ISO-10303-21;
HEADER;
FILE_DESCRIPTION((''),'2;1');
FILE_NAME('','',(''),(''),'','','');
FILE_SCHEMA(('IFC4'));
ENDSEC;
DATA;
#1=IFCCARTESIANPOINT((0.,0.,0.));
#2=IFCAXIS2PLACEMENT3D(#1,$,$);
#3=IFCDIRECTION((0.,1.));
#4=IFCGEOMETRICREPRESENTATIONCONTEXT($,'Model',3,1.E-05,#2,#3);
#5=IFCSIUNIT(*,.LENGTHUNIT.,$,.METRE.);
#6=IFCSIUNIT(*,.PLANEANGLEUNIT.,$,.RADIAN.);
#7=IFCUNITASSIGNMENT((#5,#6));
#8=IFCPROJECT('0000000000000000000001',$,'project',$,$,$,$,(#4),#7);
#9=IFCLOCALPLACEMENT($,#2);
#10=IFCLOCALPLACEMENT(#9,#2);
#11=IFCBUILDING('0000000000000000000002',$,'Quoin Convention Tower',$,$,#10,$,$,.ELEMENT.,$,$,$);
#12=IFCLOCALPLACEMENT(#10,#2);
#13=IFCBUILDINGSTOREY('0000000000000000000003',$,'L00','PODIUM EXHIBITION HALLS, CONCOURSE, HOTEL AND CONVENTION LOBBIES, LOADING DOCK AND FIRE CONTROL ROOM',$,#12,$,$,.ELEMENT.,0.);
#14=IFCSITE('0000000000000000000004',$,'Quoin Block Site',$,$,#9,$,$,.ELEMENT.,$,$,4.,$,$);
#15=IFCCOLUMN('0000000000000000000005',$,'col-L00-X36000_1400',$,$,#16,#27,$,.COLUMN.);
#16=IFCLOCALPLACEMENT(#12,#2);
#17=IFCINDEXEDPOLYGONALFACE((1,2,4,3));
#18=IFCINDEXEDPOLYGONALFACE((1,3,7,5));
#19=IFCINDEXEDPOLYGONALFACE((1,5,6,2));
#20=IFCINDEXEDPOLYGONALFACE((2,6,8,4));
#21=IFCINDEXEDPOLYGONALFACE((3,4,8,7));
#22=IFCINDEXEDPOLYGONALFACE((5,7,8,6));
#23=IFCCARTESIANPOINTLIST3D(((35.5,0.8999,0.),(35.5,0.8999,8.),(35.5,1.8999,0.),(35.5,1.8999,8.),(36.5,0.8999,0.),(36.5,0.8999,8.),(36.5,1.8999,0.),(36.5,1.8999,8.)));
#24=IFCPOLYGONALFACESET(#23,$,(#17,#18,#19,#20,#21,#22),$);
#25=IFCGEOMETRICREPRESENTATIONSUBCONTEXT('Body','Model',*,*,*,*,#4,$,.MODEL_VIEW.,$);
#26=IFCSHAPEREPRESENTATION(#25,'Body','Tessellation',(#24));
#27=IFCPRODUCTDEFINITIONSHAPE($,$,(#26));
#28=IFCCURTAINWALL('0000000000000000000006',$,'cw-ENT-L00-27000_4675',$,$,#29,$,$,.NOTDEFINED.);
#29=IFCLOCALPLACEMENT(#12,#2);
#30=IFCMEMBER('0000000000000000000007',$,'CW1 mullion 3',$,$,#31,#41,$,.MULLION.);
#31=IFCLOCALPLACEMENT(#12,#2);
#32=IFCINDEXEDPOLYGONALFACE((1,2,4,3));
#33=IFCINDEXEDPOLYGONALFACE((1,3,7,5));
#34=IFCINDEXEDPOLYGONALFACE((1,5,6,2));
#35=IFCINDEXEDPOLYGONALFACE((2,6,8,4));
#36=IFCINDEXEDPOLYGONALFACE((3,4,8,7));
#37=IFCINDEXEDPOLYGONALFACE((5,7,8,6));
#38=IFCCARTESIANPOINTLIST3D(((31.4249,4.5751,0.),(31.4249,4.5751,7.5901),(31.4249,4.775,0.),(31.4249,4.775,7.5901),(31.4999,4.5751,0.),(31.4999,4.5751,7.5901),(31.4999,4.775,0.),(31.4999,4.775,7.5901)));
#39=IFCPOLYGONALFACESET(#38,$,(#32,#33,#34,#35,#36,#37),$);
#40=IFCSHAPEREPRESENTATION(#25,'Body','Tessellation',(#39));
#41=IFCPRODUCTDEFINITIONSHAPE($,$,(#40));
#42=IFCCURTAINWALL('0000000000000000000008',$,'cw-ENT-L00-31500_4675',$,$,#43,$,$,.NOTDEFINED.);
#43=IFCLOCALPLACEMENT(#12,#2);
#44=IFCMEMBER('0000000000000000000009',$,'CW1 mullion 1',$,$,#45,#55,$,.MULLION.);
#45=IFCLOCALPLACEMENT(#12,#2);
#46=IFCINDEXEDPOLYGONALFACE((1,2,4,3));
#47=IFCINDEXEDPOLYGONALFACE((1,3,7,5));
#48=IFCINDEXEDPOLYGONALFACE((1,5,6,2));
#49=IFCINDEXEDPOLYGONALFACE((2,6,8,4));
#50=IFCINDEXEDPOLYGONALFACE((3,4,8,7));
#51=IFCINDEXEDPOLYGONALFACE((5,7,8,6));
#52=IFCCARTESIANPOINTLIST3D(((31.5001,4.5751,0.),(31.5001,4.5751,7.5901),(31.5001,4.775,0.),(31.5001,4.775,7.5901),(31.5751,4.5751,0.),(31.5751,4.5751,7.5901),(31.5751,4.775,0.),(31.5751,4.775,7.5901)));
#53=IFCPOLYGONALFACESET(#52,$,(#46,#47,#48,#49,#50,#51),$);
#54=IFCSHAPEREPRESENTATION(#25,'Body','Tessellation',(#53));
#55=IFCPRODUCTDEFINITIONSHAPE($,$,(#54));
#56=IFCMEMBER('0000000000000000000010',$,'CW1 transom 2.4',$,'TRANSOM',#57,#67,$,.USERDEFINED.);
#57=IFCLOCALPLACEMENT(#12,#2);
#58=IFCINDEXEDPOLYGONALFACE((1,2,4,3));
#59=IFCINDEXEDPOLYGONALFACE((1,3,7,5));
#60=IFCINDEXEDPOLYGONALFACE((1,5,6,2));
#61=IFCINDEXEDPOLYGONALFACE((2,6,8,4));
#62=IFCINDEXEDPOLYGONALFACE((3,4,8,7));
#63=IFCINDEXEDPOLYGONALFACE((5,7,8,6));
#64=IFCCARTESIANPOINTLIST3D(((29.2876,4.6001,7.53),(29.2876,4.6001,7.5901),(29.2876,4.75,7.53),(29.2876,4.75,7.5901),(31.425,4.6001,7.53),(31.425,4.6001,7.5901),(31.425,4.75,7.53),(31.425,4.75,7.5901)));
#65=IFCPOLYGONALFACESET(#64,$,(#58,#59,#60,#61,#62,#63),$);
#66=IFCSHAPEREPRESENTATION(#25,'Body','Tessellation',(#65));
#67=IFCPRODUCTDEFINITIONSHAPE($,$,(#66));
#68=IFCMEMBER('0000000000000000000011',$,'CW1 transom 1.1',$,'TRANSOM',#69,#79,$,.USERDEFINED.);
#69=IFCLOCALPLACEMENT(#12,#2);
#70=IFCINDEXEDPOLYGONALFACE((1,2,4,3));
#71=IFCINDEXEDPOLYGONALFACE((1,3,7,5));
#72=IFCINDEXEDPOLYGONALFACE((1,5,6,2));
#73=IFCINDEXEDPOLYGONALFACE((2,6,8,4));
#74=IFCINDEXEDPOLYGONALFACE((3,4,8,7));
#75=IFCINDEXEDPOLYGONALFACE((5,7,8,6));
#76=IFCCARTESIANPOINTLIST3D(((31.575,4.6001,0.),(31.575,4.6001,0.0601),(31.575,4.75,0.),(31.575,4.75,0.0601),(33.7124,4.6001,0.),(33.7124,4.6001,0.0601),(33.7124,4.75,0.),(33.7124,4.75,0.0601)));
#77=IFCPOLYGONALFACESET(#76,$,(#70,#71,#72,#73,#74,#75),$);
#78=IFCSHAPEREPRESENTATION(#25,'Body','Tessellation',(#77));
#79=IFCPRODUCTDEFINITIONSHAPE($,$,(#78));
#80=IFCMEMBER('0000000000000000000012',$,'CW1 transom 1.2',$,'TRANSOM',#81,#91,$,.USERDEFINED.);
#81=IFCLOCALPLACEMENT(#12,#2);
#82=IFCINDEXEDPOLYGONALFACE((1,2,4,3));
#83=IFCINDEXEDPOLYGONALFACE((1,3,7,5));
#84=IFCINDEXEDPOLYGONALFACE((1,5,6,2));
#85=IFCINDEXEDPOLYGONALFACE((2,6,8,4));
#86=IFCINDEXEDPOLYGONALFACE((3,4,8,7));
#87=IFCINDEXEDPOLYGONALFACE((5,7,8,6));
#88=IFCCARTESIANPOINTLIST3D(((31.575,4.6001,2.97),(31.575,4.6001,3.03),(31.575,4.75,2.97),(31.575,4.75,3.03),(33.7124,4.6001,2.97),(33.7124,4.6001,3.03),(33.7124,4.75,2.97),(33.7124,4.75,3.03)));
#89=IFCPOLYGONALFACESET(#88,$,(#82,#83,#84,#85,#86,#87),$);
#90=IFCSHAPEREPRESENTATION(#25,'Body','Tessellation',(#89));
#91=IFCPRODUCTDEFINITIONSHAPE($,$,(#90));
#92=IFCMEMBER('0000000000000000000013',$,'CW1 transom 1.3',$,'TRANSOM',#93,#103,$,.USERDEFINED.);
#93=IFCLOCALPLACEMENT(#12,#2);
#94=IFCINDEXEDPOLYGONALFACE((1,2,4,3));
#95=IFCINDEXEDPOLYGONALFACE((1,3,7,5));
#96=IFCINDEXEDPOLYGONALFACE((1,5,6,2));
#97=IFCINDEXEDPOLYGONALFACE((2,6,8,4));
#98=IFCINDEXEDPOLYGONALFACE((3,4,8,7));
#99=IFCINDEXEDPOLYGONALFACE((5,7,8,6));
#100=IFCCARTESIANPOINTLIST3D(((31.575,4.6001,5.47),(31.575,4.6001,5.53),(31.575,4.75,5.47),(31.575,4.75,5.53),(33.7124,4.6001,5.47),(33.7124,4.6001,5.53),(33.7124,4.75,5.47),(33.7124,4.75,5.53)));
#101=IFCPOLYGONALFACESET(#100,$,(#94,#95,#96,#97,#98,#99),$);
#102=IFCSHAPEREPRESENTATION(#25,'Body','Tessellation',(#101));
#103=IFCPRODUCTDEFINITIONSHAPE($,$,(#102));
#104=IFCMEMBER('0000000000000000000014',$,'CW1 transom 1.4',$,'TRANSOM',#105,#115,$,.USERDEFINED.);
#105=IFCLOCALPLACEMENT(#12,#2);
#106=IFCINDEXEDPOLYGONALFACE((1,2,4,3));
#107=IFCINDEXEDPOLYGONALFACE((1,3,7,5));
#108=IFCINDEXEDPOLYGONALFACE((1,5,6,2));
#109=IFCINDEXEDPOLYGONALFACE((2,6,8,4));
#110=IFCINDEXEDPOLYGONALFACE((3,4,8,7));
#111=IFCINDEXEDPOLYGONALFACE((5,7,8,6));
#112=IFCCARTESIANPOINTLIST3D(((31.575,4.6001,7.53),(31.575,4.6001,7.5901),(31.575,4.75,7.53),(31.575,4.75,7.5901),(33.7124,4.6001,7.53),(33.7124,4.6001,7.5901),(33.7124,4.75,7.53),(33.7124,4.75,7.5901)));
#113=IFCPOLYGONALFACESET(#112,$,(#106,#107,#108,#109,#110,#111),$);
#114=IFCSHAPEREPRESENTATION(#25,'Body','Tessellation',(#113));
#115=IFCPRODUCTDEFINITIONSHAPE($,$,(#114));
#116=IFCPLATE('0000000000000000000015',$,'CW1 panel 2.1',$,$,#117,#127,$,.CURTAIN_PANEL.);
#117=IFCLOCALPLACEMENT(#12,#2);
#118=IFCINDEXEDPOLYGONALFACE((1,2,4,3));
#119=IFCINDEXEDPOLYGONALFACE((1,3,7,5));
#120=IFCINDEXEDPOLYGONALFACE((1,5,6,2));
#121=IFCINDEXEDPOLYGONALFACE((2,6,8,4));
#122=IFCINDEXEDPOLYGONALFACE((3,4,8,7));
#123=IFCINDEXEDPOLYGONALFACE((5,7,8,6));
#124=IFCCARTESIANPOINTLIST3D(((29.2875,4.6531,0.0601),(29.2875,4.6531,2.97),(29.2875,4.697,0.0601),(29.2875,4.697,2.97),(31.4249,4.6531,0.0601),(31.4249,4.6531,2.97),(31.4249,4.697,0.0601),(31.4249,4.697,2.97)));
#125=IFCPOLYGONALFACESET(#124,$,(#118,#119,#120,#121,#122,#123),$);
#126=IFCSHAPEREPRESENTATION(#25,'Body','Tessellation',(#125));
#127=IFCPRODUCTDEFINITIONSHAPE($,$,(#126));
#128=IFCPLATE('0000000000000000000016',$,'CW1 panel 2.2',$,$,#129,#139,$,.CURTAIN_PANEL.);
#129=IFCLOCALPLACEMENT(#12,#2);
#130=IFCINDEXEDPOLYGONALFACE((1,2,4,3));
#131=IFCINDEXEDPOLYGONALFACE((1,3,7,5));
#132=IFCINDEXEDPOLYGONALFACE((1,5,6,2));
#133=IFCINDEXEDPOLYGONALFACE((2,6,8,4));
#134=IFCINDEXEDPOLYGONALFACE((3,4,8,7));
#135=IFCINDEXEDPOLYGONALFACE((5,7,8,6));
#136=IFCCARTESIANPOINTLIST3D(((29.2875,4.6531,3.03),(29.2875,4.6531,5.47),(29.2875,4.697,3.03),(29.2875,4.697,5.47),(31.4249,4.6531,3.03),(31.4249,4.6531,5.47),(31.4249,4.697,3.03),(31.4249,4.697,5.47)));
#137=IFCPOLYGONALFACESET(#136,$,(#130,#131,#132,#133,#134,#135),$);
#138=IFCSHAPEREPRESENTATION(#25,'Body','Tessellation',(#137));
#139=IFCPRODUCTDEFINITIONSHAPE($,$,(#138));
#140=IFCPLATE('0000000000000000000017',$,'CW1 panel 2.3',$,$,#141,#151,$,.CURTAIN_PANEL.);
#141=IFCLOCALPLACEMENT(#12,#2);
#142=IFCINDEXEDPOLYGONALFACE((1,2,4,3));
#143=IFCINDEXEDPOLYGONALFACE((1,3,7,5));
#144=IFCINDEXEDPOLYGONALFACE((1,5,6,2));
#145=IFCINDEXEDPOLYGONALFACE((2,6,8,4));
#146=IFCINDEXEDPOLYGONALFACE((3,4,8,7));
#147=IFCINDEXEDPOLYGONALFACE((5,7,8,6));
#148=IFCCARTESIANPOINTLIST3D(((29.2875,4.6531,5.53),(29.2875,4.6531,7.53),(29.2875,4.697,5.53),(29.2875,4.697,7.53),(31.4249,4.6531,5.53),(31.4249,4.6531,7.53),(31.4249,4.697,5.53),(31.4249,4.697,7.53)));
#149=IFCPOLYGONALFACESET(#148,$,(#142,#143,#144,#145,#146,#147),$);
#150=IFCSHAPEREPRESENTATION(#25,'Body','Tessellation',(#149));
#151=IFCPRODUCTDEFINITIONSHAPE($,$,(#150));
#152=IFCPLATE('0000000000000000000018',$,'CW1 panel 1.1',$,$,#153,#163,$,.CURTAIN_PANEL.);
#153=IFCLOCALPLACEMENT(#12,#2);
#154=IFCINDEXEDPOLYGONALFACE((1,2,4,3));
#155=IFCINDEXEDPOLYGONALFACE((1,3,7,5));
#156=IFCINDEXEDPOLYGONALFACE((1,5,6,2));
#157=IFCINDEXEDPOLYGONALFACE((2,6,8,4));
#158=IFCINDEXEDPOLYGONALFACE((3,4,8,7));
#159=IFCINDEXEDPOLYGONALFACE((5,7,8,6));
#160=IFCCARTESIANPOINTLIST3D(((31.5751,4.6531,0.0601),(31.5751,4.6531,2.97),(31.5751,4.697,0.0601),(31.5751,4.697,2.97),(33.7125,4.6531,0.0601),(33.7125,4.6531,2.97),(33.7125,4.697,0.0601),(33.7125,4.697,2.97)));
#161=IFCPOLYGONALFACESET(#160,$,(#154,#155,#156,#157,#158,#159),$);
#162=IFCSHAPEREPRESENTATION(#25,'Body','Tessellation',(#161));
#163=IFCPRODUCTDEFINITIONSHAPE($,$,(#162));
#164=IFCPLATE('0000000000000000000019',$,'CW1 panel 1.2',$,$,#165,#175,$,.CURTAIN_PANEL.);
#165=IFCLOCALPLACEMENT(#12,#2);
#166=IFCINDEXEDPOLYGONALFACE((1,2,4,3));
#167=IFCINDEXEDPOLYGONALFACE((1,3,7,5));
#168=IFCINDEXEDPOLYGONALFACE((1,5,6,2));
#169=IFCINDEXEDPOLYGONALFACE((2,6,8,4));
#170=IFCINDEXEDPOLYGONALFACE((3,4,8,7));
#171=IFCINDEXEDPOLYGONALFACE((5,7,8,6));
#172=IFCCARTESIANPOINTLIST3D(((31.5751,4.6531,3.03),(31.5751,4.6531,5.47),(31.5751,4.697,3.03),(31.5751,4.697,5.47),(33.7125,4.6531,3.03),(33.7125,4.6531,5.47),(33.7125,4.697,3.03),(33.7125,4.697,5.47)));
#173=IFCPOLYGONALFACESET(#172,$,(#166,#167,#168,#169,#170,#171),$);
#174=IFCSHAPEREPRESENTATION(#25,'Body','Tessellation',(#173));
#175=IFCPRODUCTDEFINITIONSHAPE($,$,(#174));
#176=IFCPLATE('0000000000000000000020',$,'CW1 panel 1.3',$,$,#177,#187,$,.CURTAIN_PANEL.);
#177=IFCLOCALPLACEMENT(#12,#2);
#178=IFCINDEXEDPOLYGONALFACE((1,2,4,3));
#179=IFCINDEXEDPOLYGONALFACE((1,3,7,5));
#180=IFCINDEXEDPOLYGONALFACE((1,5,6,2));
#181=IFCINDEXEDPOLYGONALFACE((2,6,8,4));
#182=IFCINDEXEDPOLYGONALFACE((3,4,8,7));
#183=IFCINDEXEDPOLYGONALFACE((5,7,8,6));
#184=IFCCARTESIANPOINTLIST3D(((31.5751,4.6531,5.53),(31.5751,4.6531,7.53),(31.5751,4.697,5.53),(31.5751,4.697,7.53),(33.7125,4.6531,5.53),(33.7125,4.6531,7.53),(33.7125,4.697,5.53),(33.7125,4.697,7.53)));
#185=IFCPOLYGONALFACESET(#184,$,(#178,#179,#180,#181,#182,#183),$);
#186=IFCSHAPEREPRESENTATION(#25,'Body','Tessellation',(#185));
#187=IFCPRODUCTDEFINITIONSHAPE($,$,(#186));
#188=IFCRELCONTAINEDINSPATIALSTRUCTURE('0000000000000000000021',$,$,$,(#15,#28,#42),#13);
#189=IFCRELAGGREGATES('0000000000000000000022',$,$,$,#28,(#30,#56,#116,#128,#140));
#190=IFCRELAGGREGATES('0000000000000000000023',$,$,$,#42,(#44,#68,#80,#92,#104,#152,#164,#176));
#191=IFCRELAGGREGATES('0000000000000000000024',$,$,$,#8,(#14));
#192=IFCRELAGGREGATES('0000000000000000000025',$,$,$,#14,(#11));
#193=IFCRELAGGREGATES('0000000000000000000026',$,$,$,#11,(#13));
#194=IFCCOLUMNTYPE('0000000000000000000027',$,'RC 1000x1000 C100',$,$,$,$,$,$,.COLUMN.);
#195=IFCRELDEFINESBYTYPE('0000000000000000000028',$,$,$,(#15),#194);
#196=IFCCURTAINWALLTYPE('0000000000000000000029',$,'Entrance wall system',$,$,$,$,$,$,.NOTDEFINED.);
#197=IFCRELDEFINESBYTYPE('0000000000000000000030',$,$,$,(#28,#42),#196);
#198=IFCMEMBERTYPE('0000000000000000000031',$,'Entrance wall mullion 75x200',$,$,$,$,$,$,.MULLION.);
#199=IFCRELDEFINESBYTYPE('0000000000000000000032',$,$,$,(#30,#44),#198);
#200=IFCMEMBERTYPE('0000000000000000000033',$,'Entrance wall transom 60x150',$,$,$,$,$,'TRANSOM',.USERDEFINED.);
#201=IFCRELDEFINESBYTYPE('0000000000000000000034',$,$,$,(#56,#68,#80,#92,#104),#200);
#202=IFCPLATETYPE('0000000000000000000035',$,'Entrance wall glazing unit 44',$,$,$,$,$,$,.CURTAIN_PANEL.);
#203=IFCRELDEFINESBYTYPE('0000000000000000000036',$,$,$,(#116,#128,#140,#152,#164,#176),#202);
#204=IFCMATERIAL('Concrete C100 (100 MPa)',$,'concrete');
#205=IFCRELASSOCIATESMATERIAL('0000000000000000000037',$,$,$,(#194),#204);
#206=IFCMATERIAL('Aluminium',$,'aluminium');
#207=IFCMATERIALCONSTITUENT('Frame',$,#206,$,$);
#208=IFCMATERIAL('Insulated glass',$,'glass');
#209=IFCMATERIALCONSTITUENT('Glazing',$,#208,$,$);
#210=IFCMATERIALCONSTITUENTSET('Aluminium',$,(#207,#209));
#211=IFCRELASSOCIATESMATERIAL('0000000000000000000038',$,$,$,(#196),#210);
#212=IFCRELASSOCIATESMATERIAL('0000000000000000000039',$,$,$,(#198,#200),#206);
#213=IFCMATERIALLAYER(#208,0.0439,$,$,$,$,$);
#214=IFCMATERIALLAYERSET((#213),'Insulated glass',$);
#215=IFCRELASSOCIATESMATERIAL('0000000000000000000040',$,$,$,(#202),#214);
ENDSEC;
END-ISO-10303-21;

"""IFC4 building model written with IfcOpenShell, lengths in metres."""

from ifc_helpers import new_model, si_unit, direction, frame, origin, origin_2d, place, context, subcontext, project, spatial, rectangle, extrude, material, layer, layer_set, constituent, constituent_set, material_profile, profile_set, type_object, element, aggregate, save


model = new_model("IFC4")

# Units and contexts
model_context = context("Model", 3, precision=1e-05, world=origin(), true_north=direction((0.0, 1.0)))
body_context = subcontext(model_context, "Body", "Model", "MODEL_VIEW")
ifc_project = project(units=[si_unit("LENGTHUNIT", "METRE"), si_unit("PLANEANGLEUNIT", "RADIAN")], contexts=[model_context])

# Site, building, storey
site_placement = place(None, origin())
site = spatial("IfcSite", under=ifc_project, at=site_placement, Name="Quoin Block Site", CompositionType="ELEMENT", RefElevation=4.0)
building_placement = place(site_placement, origin())
building = spatial("IfcBuilding", under=site, at=building_placement, Name="Quoin Convention Tower", CompositionType="ELEMENT")
storey_placement = place(building_placement, origin())
storey = spatial("IfcBuildingStorey", under=building, at=storey_placement, Name="L00", Description="PODIUM EXHIBITION HALLS, CONCOURSE, HOTEL AND CONVENTION LOBBIES, LOADING DOCK AND FIRE CONTROL ROOM", CompositionType="ELEMENT", Elevation=0.0)

# Column
ifc_material_1 = material(Name="Concrete C100 (100 MPa)", Category="concrete")
ifc_material_profile_1 = material_profile(ifc_material_1, rectangle(XDim=1.0, YDim=1.0, at=origin_2d()), Name="RC 1000x1000")
ifc_profile_set_1 = profile_set([ifc_material_profile_1], Name="Concrete C100 (100 MPa)")
column_type = type_object("IfcColumnType", Name="RC 1000x1000 C100", PredefinedType="COLUMN", material=ifc_profile_set_1)
column_placement = place(storey_placement, frame((36.0, 1.3999, 0.0), z_axis=(0.0, 0.0, 1.0), x_axis=(1.0, 0.0, 0.0)))
element("IfcColumn", 1, at=column_placement, inside=storey, type_object=column_type, Name="col-L00-X36000_1400", PredefinedType="COLUMN", context=body_context, shape_type="SweptSolid", body=[
    extrude(rectangle(XDim=1.0, YDim=1.0, at=origin_2d()), origin(), (0.0, 0.0, 1.0), 8.0),
])

# Curtain walls, members
ifc_material_2 = material(Name="Aluminium", Category="aluminium")
ifc_constituent_1 = constituent(ifc_material_2, Name="Frame")
ifc_material_3 = material(Name="Insulated glass", Category="glass")
ifc_constituent_2 = constituent(ifc_material_3, Name="Glazing")
ifc_constituent_set_1 = constituent_set(constituents=[ifc_constituent_1, ifc_constituent_2], Name="Aluminium")
curtain_wall_type = type_object("IfcCurtainWallType", Name="Entrance wall system", PredefinedType="NOTDEFINED", material=ifc_constituent_set_1)
curtain_wall_1_placement = place(storey_placement, origin())
curtain_wall_1 = element("IfcCurtainWall", 2, at=curtain_wall_1_placement, inside=storey, type_object=curtain_wall_type, Name="cw-ENT-L00-27000_4675", PredefinedType="NOTDEFINED")
ifc_material_profile_2 = material_profile(ifc_material_2, rectangle(XDim=0.2, YDim=0.075, at=origin_2d()), Name="Entrance wall mullion 75x200")
ifc_profile_set_2 = profile_set([ifc_material_profile_2], Name="Aluminium")
member_type_1 = type_object("IfcMemberType", Name="Entrance wall mullion 75x200", PredefinedType="MULLION", material=ifc_profile_set_2)
member_1_placement = place(storey_placement, frame((31.4624, 4.675, 0.0), z_axis=(0.0, 0.0, 1.0), x_axis=(0.0, 1.0, 0.0)))
member_1 = element("IfcMember", 3, at=member_1_placement, type_object=member_type_1, Name="CW1 mullion 3", PredefinedType="MULLION", context=body_context, shape_type="SweptSolid", body=[
    extrude(rectangle(XDim=0.2, YDim=0.075, at=origin_2d()), origin(), (0.0, 0.0, 1.0), 7.5901),
])
curtain_wall_2_placement = place(storey_placement, origin())
curtain_wall_2 = element("IfcCurtainWall", 4, at=curtain_wall_2_placement, inside=storey, type_object=curtain_wall_type, Name="cw-ENT-L00-31500_4675", PredefinedType="NOTDEFINED")
member_2_placement = place(storey_placement, frame((31.5376, 4.675, 0.0), z_axis=(0.0, 0.0, 1.0), x_axis=(0.0, 1.0, 0.0)))
member_2 = element("IfcMember", 5, at=member_2_placement, type_object=member_type_1, Name="CW1 mullion 1", PredefinedType="MULLION", context=body_context, shape_type="SweptSolid", body=[
    extrude(rectangle(XDim=0.2, YDim=0.075, at=origin_2d()), origin(), (0.0, 0.0, 1.0), 7.5901),
])

# Members
ifc_material_profile_3 = material_profile(ifc_material_2, rectangle(XDim=0.1499, YDim=0.0601, at=origin_2d()), Name="Entrance wall transom 60x150")
ifc_profile_set_3 = profile_set([ifc_material_profile_3], Name="Aluminium")
member_type_2 = type_object("IfcMemberType", Name="Entrance wall transom 60x150", ElementType="TRANSOM", PredefinedType="USERDEFINED", material=ifc_profile_set_3)
member_3_placement = place(storey_placement, frame((29.2876, 4.675, 7.5601), z_axis=(1.0, 0.0, 0.0), x_axis=(0.0, 1.0, 0.0)))
member_3 = element("IfcMember", 6, at=member_3_placement, type_object=member_type_2, Name="CW1 transom 2.4", ObjectType="TRANSOM", PredefinedType="USERDEFINED", context=body_context, shape_type="SweptSolid", body=[
    extrude(rectangle(XDim=0.1499, YDim=0.0601, at=origin_2d()), origin(), (0.0, 0.0, 1.0), 2.1375),
])
member_4_placement = place(storey_placement, frame((31.575, 4.675, 0.03), z_axis=(1.0, 0.0, 0.0), x_axis=(0.0, 1.0, 0.0)))
member_4 = element("IfcMember", 7, at=member_4_placement, type_object=member_type_2, Name="CW1 transom 1.1", ObjectType="TRANSOM", PredefinedType="USERDEFINED", context=body_context, shape_type="SweptSolid", body=[
    extrude(rectangle(XDim=0.1499, YDim=0.0601, at=origin_2d()), origin(), (0.0, 0.0, 1.0), 2.1375),
])
member_5_placement = place(storey_placement, frame((31.575, 4.675, 3.0), z_axis=(1.0, 0.0, 0.0), x_axis=(0.0, 1.0, 0.0)))
member_5 = element("IfcMember", 8, at=member_5_placement, type_object=member_type_2, Name="CW1 transom 1.2", ObjectType="TRANSOM", PredefinedType="USERDEFINED", context=body_context, shape_type="SweptSolid", body=[
    extrude(rectangle(XDim=0.1499, YDim=0.0601, at=origin_2d()), origin(), (0.0, 0.0, 1.0), 2.1375),
])
member_6_placement = place(storey_placement, frame((31.575, 4.675, 5.5), z_axis=(1.0, 0.0, 0.0), x_axis=(0.0, 1.0, 0.0)))
member_6 = element("IfcMember", 9, at=member_6_placement, type_object=member_type_2, Name="CW1 transom 1.3", ObjectType="TRANSOM", PredefinedType="USERDEFINED", context=body_context, shape_type="SweptSolid", body=[
    extrude(rectangle(XDim=0.1499, YDim=0.0601, at=origin_2d()), origin(), (0.0, 0.0, 1.0), 2.1375),
])
member_7_placement = place(storey_placement, frame((31.575, 4.675, 7.5601), z_axis=(1.0, 0.0, 0.0), x_axis=(0.0, 1.0, 0.0)))
member_7 = element("IfcMember", 10, at=member_7_placement, type_object=member_type_2, Name="CW1 transom 1.4", ObjectType="TRANSOM", PredefinedType="USERDEFINED", context=body_context, shape_type="SweptSolid", body=[
    extrude(rectangle(XDim=0.1499, YDim=0.0601, at=origin_2d()), origin(), (0.0, 0.0, 1.0), 2.1375),
])

# Plates
ifc_layer_1 = layer(ifc_material_3, 0.0439)
ifc_layer_set_1 = layer_set([ifc_layer_1], Name="Insulated glass")
plate_type = type_object("IfcPlateType", Name="Entrance wall glazing unit 44", PredefinedType="CURTAIN_PANEL", material=ifc_layer_set_1)
plate_1_placement = place(storey_placement, frame((30.3562, 4.675, 0.0601), z_axis=(0.0, 0.0, 1.0), x_axis=(1.0, 0.0, 0.0)))
plate_1 = element("IfcPlate", 11, at=plate_1_placement, type_object=plate_type, Name="CW1 panel 2.1", PredefinedType="CURTAIN_PANEL", context=body_context, shape_type="SweptSolid", body=[
    extrude(rectangle(XDim=2.1375, YDim=0.0439, at=origin_2d()), origin(), (0.0, 0.0, 1.0), 2.9099),
])
plate_2_placement = place(storey_placement, frame((30.3562, 4.675, 3.03), z_axis=(0.0, 0.0, 1.0), x_axis=(1.0, 0.0, 0.0)))
plate_2 = element("IfcPlate", 12, at=plate_2_placement, type_object=plate_type, Name="CW1 panel 2.2", PredefinedType="CURTAIN_PANEL", context=body_context, shape_type="SweptSolid", body=[
    extrude(rectangle(XDim=2.1375, YDim=0.0439, at=origin_2d()), origin(), (0.0, 0.0, 1.0), 2.4399),
])
plate_3_placement = place(storey_placement, frame((30.3562, 4.675, 5.53), z_axis=(0.0, 0.0, 1.0), x_axis=(1.0, 0.0, 0.0)))
plate_3 = element("IfcPlate", 13, at=plate_3_placement, type_object=plate_type, Name="CW1 panel 2.3", PredefinedType="CURTAIN_PANEL", context=body_context, shape_type="SweptSolid", body=[
    extrude(rectangle(XDim=2.1375, YDim=0.0439, at=origin_2d()), origin(), (0.0, 0.0, 1.0), 2.0),
])
aggregate(curtain_wall_1, [member_1, member_3, plate_1, plate_2, plate_3])
plate_4_placement = place(storey_placement, frame((32.6438, 4.675, 0.0601), z_axis=(0.0, 0.0, 1.0), x_axis=(1.0, 0.0, 0.0)))
plate_4 = element("IfcPlate", 14, at=plate_4_placement, type_object=plate_type, Name="CW1 panel 1.1", PredefinedType="CURTAIN_PANEL", context=body_context, shape_type="SweptSolid", body=[
    extrude(rectangle(XDim=2.1375, YDim=0.0439, at=origin_2d()), origin(), (0.0, 0.0, 1.0), 2.9099),
])
plate_5_placement = place(storey_placement, frame((32.6438, 4.675, 3.03), z_axis=(0.0, 0.0, 1.0), x_axis=(1.0, 0.0, 0.0)))
plate_5 = element("IfcPlate", 15, at=plate_5_placement, type_object=plate_type, Name="CW1 panel 1.2", PredefinedType="CURTAIN_PANEL", context=body_context, shape_type="SweptSolid", body=[
    extrude(rectangle(XDim=2.1375, YDim=0.0439, at=origin_2d()), origin(), (0.0, 0.0, 1.0), 2.4399),
])
plate_6_placement = place(storey_placement, frame((32.6438, 4.675, 5.53), z_axis=(0.0, 0.0, 1.0), x_axis=(1.0, 0.0, 0.0)))
plate_6 = element("IfcPlate", 16, at=plate_6_placement, type_object=plate_type, Name="CW1 panel 1.3", PredefinedType="CURTAIN_PANEL", context=body_context, shape_type="SweptSolid", body=[
    extrude(rectangle(XDim=2.1375, YDim=0.0439, at=origin_2d()), origin(), (0.0, 0.0, 1.0), 2.0),
])
aggregate(curtain_wall_2, [member_2, member_4, member_5, member_6, member_7, plate_4, plate_5, plate_6])

save(model, "model.ifc")
